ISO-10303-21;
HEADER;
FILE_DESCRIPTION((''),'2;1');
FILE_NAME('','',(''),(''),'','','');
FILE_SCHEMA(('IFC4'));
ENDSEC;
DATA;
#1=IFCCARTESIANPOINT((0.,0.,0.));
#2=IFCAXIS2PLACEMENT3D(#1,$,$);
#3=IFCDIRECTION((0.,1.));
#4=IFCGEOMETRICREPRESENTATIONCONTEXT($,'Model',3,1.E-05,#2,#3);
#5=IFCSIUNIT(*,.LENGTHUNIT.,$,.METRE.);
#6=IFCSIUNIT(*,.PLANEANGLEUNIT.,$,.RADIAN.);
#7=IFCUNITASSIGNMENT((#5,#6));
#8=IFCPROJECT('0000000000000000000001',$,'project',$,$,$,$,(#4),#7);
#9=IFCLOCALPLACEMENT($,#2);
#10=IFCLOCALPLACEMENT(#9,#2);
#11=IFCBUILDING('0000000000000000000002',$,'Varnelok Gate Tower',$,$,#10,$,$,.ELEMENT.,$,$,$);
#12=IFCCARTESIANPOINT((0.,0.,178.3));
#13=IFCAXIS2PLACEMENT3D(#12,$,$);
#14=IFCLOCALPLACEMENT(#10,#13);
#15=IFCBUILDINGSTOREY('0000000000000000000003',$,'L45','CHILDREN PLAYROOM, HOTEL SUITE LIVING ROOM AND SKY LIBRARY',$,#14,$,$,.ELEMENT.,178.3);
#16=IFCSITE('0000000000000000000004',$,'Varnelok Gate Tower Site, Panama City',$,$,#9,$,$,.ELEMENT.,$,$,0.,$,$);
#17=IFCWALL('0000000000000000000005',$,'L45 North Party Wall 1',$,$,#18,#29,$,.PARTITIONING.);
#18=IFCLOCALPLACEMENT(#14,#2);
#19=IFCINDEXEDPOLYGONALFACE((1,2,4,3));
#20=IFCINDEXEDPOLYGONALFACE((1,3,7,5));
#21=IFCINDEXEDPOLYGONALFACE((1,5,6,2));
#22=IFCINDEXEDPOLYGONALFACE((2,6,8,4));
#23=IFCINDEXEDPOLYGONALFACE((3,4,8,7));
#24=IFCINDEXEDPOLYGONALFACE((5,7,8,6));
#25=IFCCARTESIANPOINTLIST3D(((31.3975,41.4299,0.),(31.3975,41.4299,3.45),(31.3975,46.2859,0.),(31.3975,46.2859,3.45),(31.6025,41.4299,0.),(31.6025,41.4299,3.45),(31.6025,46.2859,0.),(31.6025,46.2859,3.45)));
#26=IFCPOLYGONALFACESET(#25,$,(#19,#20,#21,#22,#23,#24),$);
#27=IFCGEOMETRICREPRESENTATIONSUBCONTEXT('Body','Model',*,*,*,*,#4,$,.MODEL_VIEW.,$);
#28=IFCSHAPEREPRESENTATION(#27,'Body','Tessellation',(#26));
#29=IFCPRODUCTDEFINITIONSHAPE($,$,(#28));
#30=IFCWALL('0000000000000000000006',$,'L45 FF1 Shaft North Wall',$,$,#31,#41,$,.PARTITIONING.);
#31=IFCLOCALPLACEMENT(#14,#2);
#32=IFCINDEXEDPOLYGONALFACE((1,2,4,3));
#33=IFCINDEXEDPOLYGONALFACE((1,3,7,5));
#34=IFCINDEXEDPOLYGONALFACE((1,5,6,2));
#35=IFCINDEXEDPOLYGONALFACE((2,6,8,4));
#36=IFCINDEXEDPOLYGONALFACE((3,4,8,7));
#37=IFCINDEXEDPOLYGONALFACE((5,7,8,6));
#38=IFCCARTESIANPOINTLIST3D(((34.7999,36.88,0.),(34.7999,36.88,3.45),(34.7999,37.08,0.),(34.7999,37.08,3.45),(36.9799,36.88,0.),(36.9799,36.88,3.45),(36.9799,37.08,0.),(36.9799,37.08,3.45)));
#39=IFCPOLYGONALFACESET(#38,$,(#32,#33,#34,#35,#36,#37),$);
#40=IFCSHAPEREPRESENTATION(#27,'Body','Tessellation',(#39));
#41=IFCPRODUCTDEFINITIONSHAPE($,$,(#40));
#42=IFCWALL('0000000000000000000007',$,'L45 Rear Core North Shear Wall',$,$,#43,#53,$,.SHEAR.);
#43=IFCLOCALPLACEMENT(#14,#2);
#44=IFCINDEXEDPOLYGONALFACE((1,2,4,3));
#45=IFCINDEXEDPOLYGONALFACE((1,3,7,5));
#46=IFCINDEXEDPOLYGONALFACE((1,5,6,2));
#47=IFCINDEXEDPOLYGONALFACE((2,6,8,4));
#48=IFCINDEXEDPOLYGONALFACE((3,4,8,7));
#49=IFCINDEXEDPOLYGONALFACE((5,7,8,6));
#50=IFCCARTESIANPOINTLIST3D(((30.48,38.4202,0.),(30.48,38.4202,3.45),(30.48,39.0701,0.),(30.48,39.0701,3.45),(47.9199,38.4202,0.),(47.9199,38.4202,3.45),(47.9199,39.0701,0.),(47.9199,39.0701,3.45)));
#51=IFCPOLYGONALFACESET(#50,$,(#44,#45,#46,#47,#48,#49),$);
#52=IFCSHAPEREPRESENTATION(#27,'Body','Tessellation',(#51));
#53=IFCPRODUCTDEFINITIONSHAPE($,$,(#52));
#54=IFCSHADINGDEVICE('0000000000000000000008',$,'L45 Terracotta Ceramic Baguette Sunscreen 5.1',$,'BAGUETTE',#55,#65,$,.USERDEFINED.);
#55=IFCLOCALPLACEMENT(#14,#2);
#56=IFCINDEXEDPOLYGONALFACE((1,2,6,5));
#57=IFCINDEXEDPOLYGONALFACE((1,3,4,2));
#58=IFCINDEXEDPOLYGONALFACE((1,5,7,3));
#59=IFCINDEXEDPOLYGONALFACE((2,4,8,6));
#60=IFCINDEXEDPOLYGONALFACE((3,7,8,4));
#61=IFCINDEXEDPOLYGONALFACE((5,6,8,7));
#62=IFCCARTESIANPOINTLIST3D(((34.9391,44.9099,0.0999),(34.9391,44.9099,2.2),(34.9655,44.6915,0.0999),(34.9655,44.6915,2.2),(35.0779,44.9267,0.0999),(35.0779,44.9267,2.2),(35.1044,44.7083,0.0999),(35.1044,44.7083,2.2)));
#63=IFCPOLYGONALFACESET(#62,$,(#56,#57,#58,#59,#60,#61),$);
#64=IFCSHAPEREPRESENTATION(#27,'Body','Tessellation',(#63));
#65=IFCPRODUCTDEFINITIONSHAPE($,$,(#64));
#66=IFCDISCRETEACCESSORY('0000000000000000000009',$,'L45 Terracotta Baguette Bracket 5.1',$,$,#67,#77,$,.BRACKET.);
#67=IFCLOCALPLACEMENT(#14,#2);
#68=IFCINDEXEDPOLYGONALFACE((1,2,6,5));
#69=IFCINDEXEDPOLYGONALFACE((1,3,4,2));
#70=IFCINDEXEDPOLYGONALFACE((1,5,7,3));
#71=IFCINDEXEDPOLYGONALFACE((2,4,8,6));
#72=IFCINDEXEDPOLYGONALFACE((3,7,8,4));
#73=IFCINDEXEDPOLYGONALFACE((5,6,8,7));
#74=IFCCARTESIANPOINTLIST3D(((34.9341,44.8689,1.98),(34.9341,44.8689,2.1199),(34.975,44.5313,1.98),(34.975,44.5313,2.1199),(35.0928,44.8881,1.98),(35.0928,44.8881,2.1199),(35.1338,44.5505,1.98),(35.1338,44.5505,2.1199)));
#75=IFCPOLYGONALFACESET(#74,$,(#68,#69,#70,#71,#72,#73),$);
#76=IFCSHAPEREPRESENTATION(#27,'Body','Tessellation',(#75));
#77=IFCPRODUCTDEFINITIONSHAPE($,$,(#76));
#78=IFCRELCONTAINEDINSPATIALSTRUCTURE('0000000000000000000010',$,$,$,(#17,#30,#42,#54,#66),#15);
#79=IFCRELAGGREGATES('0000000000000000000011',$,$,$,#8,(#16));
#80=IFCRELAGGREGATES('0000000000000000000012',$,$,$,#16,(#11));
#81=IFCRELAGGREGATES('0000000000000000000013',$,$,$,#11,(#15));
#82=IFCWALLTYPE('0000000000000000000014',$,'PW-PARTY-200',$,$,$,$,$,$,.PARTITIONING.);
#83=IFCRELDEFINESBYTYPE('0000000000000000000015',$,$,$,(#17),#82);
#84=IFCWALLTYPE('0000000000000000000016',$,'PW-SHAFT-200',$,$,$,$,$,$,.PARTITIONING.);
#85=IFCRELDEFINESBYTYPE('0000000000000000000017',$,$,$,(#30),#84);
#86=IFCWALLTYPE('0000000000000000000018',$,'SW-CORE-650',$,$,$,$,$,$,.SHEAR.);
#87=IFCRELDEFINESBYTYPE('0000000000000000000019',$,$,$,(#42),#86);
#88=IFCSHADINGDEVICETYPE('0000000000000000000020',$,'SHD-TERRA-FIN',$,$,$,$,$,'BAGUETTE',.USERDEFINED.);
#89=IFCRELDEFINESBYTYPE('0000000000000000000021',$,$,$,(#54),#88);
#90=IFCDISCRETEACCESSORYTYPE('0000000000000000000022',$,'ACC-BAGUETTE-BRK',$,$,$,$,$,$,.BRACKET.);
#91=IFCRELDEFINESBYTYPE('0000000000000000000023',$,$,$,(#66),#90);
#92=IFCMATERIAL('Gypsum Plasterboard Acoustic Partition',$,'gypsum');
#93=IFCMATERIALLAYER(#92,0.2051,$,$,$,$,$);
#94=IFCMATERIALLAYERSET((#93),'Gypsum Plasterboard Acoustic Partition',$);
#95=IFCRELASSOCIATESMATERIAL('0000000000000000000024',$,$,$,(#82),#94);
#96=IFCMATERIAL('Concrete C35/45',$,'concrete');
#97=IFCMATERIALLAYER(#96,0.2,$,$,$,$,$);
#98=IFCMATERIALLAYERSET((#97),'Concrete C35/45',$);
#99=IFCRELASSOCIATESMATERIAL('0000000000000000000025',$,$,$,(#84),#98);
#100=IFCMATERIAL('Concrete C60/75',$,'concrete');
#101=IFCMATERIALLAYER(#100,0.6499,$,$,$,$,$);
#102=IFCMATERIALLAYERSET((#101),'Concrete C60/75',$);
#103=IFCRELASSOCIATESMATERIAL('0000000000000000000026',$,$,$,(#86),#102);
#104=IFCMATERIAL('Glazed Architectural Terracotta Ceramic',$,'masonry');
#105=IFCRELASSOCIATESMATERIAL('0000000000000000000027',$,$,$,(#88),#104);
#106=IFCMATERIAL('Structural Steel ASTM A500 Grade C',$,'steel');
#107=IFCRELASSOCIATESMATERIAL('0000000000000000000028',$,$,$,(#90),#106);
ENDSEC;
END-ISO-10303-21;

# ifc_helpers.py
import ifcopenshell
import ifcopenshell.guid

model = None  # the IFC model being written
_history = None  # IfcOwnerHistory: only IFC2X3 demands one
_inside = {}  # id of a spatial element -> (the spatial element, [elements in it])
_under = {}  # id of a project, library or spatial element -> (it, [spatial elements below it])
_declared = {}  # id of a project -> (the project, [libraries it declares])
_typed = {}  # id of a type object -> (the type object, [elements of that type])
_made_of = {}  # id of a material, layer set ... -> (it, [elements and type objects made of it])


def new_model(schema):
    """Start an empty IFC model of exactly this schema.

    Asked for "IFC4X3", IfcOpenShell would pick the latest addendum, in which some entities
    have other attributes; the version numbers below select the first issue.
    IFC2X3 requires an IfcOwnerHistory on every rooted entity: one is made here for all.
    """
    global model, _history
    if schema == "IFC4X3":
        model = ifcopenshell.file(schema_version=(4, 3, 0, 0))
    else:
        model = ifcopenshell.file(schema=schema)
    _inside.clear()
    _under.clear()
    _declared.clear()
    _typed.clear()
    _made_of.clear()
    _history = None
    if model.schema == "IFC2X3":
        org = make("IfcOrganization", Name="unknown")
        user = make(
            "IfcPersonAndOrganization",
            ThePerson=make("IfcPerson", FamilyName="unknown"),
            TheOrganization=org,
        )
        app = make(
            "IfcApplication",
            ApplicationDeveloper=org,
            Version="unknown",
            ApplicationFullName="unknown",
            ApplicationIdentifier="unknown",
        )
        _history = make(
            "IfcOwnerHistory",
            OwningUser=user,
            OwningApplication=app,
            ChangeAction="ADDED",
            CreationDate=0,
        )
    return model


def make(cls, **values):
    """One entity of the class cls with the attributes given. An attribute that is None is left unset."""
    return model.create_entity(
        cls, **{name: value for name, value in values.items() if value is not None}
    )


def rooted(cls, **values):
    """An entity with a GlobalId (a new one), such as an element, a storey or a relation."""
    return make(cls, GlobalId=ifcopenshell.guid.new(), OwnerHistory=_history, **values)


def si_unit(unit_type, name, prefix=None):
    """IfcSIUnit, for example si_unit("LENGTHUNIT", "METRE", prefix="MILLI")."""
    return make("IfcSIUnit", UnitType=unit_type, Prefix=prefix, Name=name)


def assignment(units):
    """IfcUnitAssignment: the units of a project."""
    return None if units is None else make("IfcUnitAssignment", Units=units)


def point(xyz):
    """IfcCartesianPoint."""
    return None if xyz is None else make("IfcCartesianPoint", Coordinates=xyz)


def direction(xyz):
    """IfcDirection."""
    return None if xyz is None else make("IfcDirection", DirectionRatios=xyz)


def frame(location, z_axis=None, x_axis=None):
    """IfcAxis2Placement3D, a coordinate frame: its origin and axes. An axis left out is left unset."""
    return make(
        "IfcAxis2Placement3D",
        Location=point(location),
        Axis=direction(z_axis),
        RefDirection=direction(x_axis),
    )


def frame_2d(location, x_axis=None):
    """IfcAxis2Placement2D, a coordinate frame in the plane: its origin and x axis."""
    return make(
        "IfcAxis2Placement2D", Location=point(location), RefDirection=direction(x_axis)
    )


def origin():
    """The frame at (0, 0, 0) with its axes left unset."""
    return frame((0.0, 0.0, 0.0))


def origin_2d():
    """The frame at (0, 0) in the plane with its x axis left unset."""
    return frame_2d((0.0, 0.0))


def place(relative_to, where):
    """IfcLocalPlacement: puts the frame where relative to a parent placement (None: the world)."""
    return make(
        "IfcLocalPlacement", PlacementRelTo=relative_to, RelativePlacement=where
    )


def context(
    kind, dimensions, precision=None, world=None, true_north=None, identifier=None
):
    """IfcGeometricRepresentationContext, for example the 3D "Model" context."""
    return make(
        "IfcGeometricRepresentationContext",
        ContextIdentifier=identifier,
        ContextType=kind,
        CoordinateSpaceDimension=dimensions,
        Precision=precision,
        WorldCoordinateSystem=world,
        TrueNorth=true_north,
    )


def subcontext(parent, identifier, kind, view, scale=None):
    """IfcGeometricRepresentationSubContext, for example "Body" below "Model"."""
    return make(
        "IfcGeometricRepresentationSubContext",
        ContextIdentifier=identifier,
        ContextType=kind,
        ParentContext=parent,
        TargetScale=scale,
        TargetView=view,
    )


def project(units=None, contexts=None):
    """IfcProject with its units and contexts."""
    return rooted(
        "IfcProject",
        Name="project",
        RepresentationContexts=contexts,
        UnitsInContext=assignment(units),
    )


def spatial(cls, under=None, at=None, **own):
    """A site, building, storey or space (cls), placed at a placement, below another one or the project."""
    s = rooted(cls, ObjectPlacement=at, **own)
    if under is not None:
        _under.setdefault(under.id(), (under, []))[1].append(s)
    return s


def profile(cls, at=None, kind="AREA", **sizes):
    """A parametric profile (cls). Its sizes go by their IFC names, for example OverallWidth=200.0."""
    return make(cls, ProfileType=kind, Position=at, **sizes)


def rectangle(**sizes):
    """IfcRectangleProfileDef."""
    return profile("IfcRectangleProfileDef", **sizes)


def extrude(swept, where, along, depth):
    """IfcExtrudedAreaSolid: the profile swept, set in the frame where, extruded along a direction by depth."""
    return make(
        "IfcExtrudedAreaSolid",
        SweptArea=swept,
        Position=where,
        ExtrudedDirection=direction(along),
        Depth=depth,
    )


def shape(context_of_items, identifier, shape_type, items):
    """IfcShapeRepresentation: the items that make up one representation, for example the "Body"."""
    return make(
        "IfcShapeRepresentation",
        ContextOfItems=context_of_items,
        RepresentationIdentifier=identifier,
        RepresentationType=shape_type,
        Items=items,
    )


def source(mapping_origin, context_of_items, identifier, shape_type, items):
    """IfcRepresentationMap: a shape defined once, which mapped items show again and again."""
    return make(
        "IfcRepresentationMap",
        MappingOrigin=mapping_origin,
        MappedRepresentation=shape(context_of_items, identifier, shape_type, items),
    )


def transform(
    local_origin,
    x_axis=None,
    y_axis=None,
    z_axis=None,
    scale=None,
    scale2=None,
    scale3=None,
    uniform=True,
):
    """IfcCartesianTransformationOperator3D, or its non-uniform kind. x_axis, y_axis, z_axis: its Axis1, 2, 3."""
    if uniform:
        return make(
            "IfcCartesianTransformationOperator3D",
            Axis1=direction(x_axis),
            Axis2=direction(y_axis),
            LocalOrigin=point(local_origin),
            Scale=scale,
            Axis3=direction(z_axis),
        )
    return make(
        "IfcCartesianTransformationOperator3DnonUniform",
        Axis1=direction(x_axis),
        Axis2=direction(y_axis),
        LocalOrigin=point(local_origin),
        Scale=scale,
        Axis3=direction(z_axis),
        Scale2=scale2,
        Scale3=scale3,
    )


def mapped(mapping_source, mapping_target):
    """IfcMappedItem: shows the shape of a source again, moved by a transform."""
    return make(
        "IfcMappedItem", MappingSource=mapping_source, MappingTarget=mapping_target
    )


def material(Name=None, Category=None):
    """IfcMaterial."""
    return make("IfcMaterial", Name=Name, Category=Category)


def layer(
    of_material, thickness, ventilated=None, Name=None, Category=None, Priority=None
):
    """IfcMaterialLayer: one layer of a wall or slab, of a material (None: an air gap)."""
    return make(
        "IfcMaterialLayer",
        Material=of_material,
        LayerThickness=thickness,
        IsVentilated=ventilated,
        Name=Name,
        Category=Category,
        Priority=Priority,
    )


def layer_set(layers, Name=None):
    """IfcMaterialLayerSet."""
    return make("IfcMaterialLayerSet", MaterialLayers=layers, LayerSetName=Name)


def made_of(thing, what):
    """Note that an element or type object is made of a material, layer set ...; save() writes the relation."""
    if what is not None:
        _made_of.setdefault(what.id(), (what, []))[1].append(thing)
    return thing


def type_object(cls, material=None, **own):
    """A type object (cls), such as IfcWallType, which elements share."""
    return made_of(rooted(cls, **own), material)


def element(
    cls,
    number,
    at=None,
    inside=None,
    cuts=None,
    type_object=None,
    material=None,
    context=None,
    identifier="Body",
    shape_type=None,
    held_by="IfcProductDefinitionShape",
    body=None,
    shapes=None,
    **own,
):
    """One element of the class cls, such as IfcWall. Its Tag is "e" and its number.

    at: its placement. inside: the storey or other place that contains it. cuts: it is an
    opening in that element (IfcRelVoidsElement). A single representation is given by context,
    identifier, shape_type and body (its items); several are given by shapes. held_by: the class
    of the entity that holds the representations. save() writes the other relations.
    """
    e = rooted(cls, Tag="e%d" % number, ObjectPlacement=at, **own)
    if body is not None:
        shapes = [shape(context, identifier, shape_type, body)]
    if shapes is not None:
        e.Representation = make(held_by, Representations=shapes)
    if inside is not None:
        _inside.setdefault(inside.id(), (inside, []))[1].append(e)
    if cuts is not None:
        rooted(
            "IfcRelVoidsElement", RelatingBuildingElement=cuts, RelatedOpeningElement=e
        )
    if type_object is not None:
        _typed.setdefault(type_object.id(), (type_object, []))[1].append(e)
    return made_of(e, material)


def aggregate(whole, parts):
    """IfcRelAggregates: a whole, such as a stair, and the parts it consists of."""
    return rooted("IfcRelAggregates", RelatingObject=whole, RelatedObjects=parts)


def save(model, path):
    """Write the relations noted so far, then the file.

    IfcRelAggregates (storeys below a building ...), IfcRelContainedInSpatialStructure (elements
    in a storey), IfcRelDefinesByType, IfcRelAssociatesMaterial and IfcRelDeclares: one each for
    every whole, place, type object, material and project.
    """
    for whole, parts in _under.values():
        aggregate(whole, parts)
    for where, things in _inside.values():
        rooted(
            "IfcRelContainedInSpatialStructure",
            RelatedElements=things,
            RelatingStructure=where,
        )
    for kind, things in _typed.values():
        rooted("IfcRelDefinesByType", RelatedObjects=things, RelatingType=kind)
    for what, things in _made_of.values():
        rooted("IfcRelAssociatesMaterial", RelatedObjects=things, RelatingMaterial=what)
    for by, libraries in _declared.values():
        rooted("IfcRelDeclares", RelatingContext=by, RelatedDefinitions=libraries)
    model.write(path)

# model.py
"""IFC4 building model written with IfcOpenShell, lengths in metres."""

from ifc_helpers import new_model, si_unit, direction, frame, frame_2d, origin, origin_2d, place, context, subcontext, project, spatial, rectangle, extrude, source, transform, mapped, material, layer, layer_set, type_object, element, save


model = new_model("IFC4")

# Units and contexts
model_context = context("Model", 3, precision=1e-05, world=origin(), true_north=direction((0.0, 1.0)))
body_context = subcontext(model_context, "Body", "Model", "MODEL_VIEW")
ifc_project = project(units=[si_unit("LENGTHUNIT", "METRE"), si_unit("PLANEANGLEUNIT", "RADIAN")], contexts=[model_context])

# Site, building, storey
site_placement = place(None, origin())
site = spatial("IfcSite", under=ifc_project, at=site_placement, Name="Varnelok Gate Tower Site, Panama City", CompositionType="ELEMENT", RefElevation=0.0)
building_placement = place(site_placement, origin())
building = spatial("IfcBuilding", under=site, at=building_placement, Name="Varnelok Gate Tower", CompositionType="ELEMENT")
storey_placement = place(building_placement, frame((0.0, 0.0, 178.3)))
storey = spatial("IfcBuildingStorey", under=building, at=storey_placement, Name="L45", Description="CHILDREN PLAYROOM, HOTEL SUITE LIVING ROOM AND SKY LIBRARY", CompositionType="ELEMENT", Elevation=178.3)

# Shared definitions
ifc_material_1 = material(Name="Concrete C60/75", Category="concrete")

# Shared definitions
ifc_material_2 = material(Name="Gypsum Plasterboard Acoustic Partition", Category="gypsum")

# Walls
ifc_layer_1 = layer(ifc_material_2, 0.2051)
ifc_layer_set_1 = layer_set([ifc_layer_1], Name="Gypsum Plasterboard Acoustic Partition")
wall_type_1 = type_object("IfcWallType", Name="PW-PARTY-200", PredefinedType="PARTITIONING", material=ifc_layer_set_1)
wall_1_placement = place(storey_placement, frame((31.5, 41.4299, 0.0), z_axis=(0.0, 0.0, 1.0), x_axis=(0.0, 1.0, 0.0)))
element("IfcWall", 1, at=wall_1_placement, inside=storey, type_object=wall_type_1, Name="L45 North Party Wall 1", PredefinedType="PARTITIONING", context=body_context, shape_type="SweptSolid", body=[
    extrude(rectangle(XDim=4.856, YDim=0.2051, at=frame_2d((2.428, 0.0))), origin(), (0.0, 0.0, 1.0), 3.45),
])
ifc_material_3 = material(Name="Concrete C35/45", Category="concrete")
ifc_layer_2 = layer(ifc_material_3, 0.2)
ifc_layer_set_2 = layer_set([ifc_layer_2], Name="Concrete C35/45")
wall_type_2 = type_object("IfcWallType", Name="PW-SHAFT-200", PredefinedType="PARTITIONING", material=ifc_layer_set_2)
wall_2_placement = place(storey_placement, frame((34.8, 36.98, 0.0), z_axis=(0.0, 0.0, 1.0), x_axis=(1.0, 0.0, 0.0)))
element("IfcWall", 2, at=wall_2_placement, inside=storey, type_object=wall_type_2, Name="L45 FF1 Shaft North Wall", PredefinedType="PARTITIONING", context=body_context, shape_type="SweptSolid", body=[
    extrude(rectangle(XDim=2.1799, YDim=0.2, at=frame_2d((1.0898, 0.0))), origin(), (0.0, 0.0, 1.0), 3.45),
])
ifc_layer_3 = layer(ifc_material_1, 0.6499)
ifc_layer_set_3 = layer_set([ifc_layer_3], Name="Concrete C60/75")
wall_type_3 = type_object("IfcWallType", Name="SW-CORE-650", PredefinedType="SHEAR", material=ifc_layer_set_3)
wall_3_placement = place(storey_placement, frame((30.48, 38.7451, 0.0), z_axis=(0.0, 0.0, 1.0), x_axis=(1.0, 0.0, 0.0)))
element("IfcWall", 3, at=wall_3_placement, inside=storey, type_object=wall_type_3, Name="L45 Rear Core North Shear Wall", PredefinedType="SHEAR", context=body_context, shape_type="SweptSolid", body=[
    extrude(rectangle(XDim=17.4399, YDim=0.6499, at=frame_2d((8.72, 0.0))), origin(), (0.0, 0.0, 1.0), 3.45),
])

# Shading device
ifc_material_4 = material(Name="Glazed Architectural Terracotta Ceramic", Category="masonry")
shading_device_type = type_object("IfcShadingDeviceType", Name="SHD-TERRA-FIN", ElementType="BAGUETTE", PredefinedType="USERDEFINED", material=ifc_material_4)
shared_shape_1 = source(origin(), body_context, "Body", "SweptSolid", [
    extrude(rectangle(XDim=0.1399, YDim=0.22, at=origin_2d()), origin(), (0.0, 0.0, 1.0), 2.1001),
])
shading_device_placement = place(storey_placement, frame((35.0217, 44.8091, 0.0999), z_axis=(0.0, 0.0, 1.0), x_axis=(0.992732, 0.120345, 0.0)))
element("IfcShadingDevice", 4, at=shading_device_placement, inside=storey, type_object=shading_device_type, Name="L45 Terracotta Ceramic Baguette Sunscreen 5.1", ObjectType="BAGUETTE", PredefinedType="USERDEFINED", context=body_context, shape_type="MappedRepresentation", body=[
    mapped(shared_shape_1, transform((0.0, 0.0, 0.0), scale=1.0)),
])

# Discrete accessory
ifc_material_5 = material(Name="Structural Steel ASTM A500 Grade C", Category="steel")
discrete_accessory_type = type_object("IfcDiscreteAccessoryType", Name="ACC-BAGUETTE-BRK", PredefinedType="BRACKET", material=ifc_material_5)
shared_shape_2 = source(origin(), body_context, "Body", "SweptSolid", [
    extrude(rectangle(XDim=0.1599, YDim=0.3401, at=origin_2d()), origin(), (0.0, 0.0, 1.0), 0.1399),
])
discrete_accessory_placement = place(storey_placement, frame((35.0339, 44.7097, 1.98), z_axis=(0.0, 0.0, 1.0), x_axis=(0.992732, 0.120345, 0.0)))
element("IfcDiscreteAccessory", 5, at=discrete_accessory_placement, inside=storey, type_object=discrete_accessory_type, Name="L45 Terracotta Baguette Bracket 5.1", PredefinedType="BRACKET", context=body_context, shape_type="MappedRepresentation", body=[
    mapped(shared_shape_2, transform((0.0, 0.0, 0.0), scale=1.0)),
])

save(model, "model.ifc")
